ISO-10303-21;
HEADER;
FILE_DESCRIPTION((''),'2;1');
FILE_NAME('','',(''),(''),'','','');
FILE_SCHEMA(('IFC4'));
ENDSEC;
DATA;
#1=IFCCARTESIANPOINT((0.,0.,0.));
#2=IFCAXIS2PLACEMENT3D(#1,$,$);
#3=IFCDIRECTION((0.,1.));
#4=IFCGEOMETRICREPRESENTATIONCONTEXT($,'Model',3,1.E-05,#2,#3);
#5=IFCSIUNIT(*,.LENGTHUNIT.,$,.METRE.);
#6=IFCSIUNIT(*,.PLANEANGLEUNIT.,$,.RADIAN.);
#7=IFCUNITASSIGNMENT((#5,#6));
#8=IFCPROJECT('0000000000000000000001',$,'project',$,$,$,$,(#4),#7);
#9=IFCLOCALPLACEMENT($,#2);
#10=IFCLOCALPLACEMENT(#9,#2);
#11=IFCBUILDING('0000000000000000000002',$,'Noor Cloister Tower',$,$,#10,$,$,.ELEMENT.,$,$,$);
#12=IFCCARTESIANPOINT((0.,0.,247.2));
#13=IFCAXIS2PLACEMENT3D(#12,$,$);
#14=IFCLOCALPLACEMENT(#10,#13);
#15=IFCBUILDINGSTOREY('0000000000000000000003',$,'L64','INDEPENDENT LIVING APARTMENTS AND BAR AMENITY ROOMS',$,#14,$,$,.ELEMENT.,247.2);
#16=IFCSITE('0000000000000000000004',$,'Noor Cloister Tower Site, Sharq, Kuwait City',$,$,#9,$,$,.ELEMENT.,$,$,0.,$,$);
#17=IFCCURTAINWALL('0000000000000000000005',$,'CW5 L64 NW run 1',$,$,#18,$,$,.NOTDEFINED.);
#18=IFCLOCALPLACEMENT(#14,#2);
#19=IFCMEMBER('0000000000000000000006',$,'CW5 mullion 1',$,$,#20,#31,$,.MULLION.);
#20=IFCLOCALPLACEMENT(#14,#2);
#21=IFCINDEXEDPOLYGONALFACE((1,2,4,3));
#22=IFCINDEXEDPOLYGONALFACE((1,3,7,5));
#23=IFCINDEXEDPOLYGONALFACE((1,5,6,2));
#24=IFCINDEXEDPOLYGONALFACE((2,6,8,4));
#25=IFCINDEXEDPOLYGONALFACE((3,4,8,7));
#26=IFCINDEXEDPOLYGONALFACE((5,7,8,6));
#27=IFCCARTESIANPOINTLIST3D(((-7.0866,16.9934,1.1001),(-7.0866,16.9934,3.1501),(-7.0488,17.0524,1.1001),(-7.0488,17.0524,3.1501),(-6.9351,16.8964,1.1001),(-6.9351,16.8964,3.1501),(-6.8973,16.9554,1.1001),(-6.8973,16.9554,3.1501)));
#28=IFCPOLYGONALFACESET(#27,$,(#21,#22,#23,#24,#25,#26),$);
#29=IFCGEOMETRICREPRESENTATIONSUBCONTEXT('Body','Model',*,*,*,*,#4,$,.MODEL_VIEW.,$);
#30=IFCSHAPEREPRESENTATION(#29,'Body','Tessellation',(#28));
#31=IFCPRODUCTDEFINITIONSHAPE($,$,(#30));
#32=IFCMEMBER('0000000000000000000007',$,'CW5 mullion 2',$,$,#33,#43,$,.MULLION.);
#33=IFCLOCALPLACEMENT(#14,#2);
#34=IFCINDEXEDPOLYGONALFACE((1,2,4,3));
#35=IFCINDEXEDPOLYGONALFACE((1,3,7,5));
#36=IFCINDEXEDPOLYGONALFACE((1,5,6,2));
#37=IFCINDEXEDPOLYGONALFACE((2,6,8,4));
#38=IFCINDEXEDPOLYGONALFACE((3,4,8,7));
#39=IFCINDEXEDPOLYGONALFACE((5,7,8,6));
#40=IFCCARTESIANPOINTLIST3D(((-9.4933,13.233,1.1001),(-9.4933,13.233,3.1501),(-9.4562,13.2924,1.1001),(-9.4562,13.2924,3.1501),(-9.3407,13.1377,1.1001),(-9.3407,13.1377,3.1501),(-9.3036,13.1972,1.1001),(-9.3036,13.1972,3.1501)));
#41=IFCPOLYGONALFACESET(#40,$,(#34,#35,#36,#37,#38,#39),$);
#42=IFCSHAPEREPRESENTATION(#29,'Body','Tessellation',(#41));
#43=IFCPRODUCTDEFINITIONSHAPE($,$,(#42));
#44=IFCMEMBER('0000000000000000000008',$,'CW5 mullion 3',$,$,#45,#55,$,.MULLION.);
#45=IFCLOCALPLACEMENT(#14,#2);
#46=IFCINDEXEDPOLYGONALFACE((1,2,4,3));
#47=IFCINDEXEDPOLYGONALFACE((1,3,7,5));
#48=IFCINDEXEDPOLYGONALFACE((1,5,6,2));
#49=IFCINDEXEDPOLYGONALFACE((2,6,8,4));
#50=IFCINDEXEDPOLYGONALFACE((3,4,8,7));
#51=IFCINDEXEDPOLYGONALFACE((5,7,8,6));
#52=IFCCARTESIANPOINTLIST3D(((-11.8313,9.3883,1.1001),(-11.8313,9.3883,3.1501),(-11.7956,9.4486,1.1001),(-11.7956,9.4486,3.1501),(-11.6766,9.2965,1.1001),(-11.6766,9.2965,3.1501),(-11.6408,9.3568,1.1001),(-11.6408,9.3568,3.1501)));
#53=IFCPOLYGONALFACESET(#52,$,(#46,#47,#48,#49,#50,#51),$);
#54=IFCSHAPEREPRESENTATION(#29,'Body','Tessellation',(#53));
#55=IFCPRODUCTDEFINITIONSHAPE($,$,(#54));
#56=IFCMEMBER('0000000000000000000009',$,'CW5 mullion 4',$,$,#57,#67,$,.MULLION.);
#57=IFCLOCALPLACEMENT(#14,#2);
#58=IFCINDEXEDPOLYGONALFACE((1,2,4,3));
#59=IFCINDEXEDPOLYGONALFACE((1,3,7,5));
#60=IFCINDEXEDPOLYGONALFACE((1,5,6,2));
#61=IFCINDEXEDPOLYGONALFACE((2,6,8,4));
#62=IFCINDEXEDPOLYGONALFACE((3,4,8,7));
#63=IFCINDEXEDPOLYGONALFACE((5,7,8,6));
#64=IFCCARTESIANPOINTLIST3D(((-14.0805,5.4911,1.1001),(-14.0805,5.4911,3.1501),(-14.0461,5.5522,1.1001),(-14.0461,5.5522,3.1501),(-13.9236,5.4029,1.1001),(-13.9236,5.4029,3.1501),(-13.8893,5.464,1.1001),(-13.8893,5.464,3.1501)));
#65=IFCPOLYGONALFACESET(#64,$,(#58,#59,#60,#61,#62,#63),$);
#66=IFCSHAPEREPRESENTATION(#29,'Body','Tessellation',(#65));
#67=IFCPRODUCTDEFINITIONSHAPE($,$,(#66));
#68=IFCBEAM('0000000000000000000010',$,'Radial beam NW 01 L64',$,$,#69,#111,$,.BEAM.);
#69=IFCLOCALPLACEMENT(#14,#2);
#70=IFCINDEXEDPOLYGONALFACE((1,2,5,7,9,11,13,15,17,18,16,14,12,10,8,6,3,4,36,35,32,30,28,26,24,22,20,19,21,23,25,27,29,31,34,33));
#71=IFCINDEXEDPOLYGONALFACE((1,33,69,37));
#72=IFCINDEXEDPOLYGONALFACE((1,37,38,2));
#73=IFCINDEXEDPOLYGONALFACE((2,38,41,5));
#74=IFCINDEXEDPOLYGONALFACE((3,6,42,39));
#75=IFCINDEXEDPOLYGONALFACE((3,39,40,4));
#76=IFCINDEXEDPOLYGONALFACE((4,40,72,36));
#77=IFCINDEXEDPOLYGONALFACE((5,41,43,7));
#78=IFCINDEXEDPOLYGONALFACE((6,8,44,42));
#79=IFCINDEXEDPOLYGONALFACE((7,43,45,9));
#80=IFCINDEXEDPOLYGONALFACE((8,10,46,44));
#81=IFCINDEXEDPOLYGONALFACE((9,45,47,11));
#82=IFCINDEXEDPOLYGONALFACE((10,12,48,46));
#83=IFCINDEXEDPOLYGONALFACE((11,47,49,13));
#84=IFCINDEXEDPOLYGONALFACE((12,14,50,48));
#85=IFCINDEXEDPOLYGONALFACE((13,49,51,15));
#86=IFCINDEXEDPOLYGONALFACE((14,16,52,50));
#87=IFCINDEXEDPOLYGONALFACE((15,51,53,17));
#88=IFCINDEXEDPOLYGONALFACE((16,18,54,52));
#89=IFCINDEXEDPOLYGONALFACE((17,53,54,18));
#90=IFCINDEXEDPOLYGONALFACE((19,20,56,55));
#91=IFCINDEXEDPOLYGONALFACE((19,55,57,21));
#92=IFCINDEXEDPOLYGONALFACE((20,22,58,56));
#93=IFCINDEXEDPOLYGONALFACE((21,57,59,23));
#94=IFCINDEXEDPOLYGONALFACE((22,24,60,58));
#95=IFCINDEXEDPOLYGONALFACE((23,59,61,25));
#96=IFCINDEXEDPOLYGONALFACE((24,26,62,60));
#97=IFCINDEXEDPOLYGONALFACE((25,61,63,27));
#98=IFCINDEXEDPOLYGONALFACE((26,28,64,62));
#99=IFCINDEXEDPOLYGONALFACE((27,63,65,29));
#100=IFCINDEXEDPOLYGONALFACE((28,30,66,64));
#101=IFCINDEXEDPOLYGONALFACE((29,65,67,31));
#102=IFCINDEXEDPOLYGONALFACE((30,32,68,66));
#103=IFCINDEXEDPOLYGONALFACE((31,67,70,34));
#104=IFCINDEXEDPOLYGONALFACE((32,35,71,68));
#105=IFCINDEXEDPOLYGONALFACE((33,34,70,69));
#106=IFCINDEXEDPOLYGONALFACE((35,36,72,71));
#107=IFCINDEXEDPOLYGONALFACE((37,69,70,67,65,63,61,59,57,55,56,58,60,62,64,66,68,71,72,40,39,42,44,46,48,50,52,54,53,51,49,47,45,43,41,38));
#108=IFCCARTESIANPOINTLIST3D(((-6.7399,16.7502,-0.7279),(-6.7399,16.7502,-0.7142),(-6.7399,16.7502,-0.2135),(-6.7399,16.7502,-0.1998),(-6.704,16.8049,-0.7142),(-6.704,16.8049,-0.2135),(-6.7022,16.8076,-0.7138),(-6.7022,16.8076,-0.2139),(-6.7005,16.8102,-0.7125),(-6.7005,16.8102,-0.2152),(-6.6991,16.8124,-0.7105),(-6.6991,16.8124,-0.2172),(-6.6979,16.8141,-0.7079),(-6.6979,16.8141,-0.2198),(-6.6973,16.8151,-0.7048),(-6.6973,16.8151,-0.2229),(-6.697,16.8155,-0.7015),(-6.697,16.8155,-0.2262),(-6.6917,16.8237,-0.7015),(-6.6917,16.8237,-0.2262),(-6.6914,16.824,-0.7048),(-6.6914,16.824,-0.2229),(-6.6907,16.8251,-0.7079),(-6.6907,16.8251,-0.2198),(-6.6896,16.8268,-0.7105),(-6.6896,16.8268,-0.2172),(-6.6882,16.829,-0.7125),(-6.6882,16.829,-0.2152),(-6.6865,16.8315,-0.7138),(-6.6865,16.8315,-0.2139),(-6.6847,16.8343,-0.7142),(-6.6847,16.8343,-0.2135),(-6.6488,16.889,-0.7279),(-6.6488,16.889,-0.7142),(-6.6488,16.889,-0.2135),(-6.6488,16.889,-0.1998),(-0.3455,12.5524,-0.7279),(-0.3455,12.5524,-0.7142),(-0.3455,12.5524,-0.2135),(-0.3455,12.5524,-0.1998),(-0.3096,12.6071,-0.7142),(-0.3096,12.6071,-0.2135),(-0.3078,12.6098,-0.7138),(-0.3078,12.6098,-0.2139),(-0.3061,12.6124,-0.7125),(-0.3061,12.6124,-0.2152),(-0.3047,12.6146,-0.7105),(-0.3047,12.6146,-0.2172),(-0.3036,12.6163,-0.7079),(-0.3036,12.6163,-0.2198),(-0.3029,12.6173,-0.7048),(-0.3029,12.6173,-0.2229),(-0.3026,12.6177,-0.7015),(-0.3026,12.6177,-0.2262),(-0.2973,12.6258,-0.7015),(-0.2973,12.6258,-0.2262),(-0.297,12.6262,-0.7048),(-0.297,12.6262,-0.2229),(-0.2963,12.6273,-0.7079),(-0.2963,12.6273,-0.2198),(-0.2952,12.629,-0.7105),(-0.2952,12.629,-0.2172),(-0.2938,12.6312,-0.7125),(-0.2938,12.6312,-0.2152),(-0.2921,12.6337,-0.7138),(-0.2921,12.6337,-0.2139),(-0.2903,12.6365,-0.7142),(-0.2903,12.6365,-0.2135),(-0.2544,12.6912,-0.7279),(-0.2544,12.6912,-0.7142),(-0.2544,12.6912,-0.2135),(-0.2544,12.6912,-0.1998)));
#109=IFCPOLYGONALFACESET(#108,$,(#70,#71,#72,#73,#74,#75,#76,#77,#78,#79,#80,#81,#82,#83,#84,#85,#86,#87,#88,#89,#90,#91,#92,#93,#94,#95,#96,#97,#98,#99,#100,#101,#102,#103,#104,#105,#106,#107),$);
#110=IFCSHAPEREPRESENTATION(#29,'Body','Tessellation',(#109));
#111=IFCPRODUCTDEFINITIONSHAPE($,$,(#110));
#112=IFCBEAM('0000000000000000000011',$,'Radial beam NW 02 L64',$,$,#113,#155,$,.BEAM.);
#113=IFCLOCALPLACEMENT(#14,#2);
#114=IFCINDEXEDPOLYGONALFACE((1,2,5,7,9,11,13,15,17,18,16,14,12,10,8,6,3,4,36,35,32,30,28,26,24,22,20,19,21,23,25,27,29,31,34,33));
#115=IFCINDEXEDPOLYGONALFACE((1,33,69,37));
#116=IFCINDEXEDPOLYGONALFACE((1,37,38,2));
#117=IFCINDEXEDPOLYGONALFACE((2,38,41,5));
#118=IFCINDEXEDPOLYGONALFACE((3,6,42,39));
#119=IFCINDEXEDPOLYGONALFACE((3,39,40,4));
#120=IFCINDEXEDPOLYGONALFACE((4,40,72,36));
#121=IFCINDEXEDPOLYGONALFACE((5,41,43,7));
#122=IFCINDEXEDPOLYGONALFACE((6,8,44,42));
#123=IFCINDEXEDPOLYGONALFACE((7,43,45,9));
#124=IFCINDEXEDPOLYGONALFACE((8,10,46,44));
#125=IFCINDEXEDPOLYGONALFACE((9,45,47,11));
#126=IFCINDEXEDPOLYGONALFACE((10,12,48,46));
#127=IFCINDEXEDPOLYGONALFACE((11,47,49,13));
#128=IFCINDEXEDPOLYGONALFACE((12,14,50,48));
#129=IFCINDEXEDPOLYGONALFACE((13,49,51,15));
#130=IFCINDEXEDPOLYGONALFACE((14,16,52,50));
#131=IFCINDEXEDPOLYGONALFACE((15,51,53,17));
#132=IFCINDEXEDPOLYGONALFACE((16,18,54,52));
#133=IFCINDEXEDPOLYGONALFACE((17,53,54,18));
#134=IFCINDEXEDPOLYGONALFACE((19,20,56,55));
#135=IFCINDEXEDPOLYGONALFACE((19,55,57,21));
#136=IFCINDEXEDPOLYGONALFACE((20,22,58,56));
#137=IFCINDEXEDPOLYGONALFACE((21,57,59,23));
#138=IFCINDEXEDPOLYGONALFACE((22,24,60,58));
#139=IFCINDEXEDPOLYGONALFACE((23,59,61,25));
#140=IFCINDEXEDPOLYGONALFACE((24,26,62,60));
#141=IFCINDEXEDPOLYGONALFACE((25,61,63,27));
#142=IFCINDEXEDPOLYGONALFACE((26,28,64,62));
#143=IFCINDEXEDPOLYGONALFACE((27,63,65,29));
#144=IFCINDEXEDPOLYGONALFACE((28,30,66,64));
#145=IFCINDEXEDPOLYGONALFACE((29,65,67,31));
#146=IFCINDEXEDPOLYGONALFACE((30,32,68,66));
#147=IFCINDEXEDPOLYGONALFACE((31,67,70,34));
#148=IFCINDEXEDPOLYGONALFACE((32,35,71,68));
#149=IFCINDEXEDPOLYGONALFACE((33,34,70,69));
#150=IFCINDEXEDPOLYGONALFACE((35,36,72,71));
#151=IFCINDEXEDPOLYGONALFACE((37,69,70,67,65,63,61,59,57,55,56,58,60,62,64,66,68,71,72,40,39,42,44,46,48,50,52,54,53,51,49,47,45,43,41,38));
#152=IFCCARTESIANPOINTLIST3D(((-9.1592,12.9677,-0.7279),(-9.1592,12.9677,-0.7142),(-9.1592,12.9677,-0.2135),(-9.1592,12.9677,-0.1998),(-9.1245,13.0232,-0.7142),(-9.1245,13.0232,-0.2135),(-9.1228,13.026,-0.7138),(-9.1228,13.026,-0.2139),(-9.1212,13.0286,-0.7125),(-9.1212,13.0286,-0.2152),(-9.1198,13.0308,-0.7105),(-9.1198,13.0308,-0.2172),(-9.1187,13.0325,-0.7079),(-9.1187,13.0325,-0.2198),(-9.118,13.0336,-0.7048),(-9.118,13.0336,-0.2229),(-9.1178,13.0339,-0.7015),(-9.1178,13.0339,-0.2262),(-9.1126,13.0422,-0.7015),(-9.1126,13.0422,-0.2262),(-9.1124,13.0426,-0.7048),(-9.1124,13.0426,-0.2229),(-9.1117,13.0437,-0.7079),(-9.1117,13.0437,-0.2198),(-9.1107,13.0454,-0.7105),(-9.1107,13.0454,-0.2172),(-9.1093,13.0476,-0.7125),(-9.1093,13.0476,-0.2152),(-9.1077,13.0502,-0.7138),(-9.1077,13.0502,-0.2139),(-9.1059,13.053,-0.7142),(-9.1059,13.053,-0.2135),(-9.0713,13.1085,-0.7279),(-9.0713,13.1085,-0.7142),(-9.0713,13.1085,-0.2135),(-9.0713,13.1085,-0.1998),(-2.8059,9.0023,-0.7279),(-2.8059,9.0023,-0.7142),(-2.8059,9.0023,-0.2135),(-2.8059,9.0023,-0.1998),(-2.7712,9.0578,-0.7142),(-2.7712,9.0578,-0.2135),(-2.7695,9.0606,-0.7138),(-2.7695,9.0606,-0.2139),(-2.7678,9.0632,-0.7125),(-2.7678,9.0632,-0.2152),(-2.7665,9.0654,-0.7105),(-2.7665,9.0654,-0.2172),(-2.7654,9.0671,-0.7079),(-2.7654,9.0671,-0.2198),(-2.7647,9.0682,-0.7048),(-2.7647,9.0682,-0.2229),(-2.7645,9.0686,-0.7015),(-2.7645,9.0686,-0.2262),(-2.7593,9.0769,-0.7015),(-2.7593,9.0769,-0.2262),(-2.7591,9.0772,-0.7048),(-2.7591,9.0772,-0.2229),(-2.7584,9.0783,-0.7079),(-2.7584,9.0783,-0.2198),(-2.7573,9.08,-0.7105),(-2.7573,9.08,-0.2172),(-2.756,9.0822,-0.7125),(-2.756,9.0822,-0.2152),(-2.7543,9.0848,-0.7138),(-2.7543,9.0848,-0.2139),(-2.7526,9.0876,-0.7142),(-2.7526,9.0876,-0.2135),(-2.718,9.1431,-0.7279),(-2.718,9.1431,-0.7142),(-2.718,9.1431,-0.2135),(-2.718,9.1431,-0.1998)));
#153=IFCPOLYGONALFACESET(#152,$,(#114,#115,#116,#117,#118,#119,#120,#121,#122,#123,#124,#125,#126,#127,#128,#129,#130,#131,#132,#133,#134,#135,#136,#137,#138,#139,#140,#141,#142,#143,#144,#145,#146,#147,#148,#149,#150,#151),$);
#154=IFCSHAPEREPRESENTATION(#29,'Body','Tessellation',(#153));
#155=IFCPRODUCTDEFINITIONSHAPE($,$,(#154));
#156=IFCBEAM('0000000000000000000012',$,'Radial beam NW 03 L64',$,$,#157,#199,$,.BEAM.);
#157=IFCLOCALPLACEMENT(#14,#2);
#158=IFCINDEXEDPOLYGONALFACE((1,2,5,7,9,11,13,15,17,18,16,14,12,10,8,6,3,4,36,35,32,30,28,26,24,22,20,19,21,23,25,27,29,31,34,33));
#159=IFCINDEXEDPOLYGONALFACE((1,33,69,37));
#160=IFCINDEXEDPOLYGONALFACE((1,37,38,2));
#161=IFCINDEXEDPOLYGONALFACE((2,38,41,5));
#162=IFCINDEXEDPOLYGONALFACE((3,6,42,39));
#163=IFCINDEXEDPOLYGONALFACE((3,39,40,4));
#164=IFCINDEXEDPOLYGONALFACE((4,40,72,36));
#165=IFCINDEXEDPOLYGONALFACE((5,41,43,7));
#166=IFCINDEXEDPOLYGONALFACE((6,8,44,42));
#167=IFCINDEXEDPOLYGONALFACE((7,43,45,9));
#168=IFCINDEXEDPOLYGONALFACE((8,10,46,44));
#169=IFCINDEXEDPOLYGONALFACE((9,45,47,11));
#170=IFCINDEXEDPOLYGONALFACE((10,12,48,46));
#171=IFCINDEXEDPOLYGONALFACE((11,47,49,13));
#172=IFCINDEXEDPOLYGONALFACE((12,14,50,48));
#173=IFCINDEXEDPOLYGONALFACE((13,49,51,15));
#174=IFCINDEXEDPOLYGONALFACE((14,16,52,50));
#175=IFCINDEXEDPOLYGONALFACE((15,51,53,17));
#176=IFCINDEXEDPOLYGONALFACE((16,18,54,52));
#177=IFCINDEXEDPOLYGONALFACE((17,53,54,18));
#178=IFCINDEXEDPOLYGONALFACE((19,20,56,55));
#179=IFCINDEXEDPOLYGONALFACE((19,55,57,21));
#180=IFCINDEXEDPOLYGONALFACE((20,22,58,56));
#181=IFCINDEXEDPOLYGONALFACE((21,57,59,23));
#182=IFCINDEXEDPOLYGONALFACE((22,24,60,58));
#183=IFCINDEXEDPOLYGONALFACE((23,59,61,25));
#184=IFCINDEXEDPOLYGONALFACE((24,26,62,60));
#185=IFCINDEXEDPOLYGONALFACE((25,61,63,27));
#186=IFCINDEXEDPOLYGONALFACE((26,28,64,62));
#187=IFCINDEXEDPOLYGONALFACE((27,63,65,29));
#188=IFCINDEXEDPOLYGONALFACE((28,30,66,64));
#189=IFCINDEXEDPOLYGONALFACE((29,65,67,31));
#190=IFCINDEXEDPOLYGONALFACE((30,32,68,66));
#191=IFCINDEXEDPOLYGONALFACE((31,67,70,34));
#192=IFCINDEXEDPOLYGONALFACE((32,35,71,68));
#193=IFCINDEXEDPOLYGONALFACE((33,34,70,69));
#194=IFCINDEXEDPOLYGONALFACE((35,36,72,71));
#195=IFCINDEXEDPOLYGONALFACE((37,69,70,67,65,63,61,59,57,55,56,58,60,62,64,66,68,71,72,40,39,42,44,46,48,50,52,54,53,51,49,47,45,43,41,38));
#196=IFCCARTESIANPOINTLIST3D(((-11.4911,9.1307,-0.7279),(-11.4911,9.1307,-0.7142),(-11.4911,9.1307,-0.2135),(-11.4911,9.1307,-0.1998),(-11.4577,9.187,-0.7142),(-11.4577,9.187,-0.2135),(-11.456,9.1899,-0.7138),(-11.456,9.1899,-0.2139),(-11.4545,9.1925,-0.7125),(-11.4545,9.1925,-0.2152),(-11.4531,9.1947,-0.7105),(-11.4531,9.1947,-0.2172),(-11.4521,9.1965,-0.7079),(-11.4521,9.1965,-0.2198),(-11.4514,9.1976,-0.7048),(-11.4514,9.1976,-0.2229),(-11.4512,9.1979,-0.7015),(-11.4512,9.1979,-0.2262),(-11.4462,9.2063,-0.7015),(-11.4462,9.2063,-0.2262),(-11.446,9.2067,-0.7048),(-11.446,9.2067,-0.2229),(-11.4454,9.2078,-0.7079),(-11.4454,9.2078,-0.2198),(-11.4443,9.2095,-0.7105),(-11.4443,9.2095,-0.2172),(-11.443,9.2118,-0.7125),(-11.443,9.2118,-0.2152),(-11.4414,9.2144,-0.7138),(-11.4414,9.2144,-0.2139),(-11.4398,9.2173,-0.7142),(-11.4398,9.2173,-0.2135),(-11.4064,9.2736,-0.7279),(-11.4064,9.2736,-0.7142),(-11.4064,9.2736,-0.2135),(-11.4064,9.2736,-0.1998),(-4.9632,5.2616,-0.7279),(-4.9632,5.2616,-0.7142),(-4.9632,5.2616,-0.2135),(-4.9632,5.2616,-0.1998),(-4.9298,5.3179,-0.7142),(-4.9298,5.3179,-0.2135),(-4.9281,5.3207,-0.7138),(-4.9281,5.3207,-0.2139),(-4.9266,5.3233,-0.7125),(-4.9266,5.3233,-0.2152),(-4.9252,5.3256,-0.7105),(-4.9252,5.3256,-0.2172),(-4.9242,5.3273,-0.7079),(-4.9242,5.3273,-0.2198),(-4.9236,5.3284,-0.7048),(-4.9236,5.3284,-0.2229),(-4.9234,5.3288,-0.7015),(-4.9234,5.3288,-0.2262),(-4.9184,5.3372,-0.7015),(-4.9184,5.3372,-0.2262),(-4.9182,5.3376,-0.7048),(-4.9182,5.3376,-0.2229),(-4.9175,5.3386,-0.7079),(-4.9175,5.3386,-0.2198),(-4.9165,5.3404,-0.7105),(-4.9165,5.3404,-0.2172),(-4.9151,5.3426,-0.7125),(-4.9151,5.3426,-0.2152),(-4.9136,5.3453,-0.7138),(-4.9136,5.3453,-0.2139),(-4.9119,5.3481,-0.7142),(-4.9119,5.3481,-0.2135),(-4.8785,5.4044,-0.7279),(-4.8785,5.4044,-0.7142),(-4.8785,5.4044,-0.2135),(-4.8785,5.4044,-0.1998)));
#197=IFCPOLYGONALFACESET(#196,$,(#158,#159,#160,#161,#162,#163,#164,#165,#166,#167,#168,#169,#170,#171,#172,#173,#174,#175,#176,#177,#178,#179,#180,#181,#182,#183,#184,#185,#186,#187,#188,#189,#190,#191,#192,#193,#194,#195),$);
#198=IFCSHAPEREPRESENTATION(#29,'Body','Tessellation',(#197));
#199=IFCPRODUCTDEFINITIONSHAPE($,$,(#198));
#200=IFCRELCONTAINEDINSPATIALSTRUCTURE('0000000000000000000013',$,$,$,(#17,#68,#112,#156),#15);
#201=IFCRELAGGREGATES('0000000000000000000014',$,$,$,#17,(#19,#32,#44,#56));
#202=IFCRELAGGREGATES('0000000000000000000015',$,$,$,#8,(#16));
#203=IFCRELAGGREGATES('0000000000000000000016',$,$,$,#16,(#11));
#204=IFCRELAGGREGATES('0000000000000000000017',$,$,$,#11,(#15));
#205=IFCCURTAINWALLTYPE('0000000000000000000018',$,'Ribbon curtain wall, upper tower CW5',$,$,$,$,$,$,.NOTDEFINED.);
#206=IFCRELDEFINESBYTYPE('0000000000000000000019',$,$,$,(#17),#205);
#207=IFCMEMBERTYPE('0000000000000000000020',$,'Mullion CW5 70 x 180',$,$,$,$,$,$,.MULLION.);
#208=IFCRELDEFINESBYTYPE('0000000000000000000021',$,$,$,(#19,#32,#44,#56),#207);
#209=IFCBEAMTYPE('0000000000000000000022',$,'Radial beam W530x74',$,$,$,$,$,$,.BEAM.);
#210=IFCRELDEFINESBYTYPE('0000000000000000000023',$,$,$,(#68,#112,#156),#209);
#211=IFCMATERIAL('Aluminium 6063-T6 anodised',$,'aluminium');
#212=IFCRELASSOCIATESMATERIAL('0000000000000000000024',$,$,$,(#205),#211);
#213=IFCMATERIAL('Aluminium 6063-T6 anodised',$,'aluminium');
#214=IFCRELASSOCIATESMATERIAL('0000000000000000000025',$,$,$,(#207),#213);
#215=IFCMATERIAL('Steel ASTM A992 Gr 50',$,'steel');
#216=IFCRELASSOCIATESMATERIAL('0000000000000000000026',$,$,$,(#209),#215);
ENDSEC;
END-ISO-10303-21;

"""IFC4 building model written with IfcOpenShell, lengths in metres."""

from ifc_helpers import new_model, si_unit, direction, frame, origin, origin_2d, place, context, subcontext, project, spatial, rectangle, i_section, extrude, material, material_profile, profile_set, type_object, element, aggregate, save


model = new_model("IFC4")

# Units and contexts
model_context = context("Model", 3, precision=1e-05, world=origin(), true_north=direction((0.0, 1.0)))
body_context = subcontext(model_context, "Body", "Model", "MODEL_VIEW")
ifc_project = project(units=[si_unit("LENGTHUNIT", "METRE"), si_unit("PLANEANGLEUNIT", "RADIAN")], contexts=[model_context])

# Site, building, storey
site_placement = place(None, origin())
site = spatial("IfcSite", under=ifc_project, at=site_placement, Name="Noor Cloister Tower Site, Sharq, Kuwait City", CompositionType="ELEMENT", RefElevation=0.0)
building_placement = place(site_placement, origin())
building = spatial("IfcBuilding", under=site, at=building_placement, Name="Noor Cloister Tower", CompositionType="ELEMENT")
storey_placement = place(building_placement, frame((0.0, 0.0, 247.2)))
storey = spatial("IfcBuildingStorey", under=building, at=storey_placement, Name="L64", Description="INDEPENDENT LIVING APARTMENTS AND BAR AMENITY ROOMS", CompositionType="ELEMENT", Elevation=247.2)

# Curtain wall, members
ifc_material_1 = material(Name="Aluminium 6063-T6 anodised", Category="aluminium")
curtain_wall_type = type_object("IfcCurtainWallType", Name="Ribbon curtain wall, upper tower CW5", PredefinedType="NOTDEFINED", material=ifc_material_1)
curtain_wall_placement = place(storey_placement, origin())
curtain_wall = element("IfcCurtainWall", 1, at=curtain_wall_placement, inside=storey, type_object=curtain_wall_type, Name="CW5 L64 NW run 1", PredefinedType="NOTDEFINED")
ifc_material_2 = material(Name="Aluminium 6063-T6 anodised", Category="aluminium")
ifc_material_profile_1 = material_profile(ifc_material_2, rectangle(XDim=0.1799, YDim=0.0701, at=origin_2d()), Name="180 x 70 mullion")
ifc_profile_set_1 = profile_set([ifc_material_profile_1], Name="Aluminium 6063-T6 anodised")
member_type = type_object("IfcMemberType", Name="Mullion CW5 70 x 180", PredefinedType="MULLION", material=ifc_profile_set_1)
member_1_placement = place(storey_placement, frame((-6.9919, 16.9744, 1.1001), z_axis=(0.0, 0.0, 1.0), x_axis=(0.842196, -0.539171, 0.0)))
member_1 = element("IfcMember", 2, at=member_1_placement, type_object=member_type, Name="CW5 mullion 1", PredefinedType="MULLION", context=body_context, shape_type="SweptSolid", body=[
    extrude(rectangle(XDim=0.1799, YDim=0.0701, at=origin_2d()), origin(), (0.0, 0.0, 1.0), 2.05),
])
member_2_placement = place(storey_placement, frame((-9.3984, 13.2151, 1.1001), z_axis=(0.0, 0.0, 1.0), x_axis=(0.848322, -0.529481, 0.0)))
member_2 = element("IfcMember", 3, at=member_2_placement, type_object=member_type, Name="CW5 mullion 2", PredefinedType="MULLION", context=body_context, shape_type="SweptSolid", body=[
    extrude(rectangle(XDim=0.1799, YDim=0.0701, at=origin_2d()), origin(), (0.0, 0.0, 1.0), 2.05),
])
member_3_placement = place(storey_placement, frame((-11.7361, 9.3726, 1.1001), z_axis=(0.0, 0.0, 1.0), x_axis=(0.860237, -0.509895, 0.0)))
member_3 = element("IfcMember", 4, at=member_3_placement, type_object=member_type, Name="CW5 mullion 3", PredefinedType="MULLION", context=body_context, shape_type="SweptSolid", body=[
    extrude(rectangle(XDim=0.1799, YDim=0.0701, at=origin_2d()), origin(), (0.0, 0.0, 1.0), 2.05),
])
member_4_placement = place(storey_placement, frame((-13.9849, 5.4775, 1.1001), z_axis=(0.0, 0.0, 1.0), x_axis=(0.8717, -0.49004, 0.0)))
member_4 = element("IfcMember", 5, at=member_4_placement, type_object=member_type, Name="CW5 mullion 4", PredefinedType="MULLION", context=body_context, shape_type="SweptSolid", body=[
    extrude(rectangle(XDim=0.1799, YDim=0.0701, at=origin_2d()), origin(), (0.0, 0.0, 1.0), 2.05),
])

# Beams
ifc_material_3 = material(Name="Steel ASTM A992 Gr 50", Category="steel")
ifc_material_profile_2 = material_profile(ifc_material_3, i_section(OverallWidth=0.166, OverallDepth=0.5281, WebThickness=0.0098, FlangeThickness=0.0137, FilletRadius=0.0127, at=origin_2d()), Name="W530x74")
ifc_profile_set_2 = profile_set([ifc_material_profile_2], Name="Steel ASTM A992 Gr 50")
beam_type_1 = type_object("IfcBeamType", Name="Radial beam W530x74", PredefinedType="BEAM", material=ifc_profile_set_2)
beam_1_placement = place(storey_placement, frame((-6.6943, 16.8196, -0.4639), z_axis=(0.835958, -0.548794, 0.0), x_axis=(0.548794, 0.835958, 0.0)))
element("IfcBeam", 6, at=beam_1_placement, inside=storey, type_object=beam_type_1, Name="Radial beam NW 01 L64", PredefinedType="BEAM", context=body_context, shape_type="SweptSolid", body=[
    extrude(i_section(OverallWidth=0.166, OverallDepth=0.5281, WebThickness=0.0098, FlangeThickness=0.0137, FilletRadius=0.0127, at=origin_2d()), origin(), (0.0, 0.0, 1.0), 7.6492),
])
beam_2_placement = place(storey_placement, frame((-9.1152, 13.0381, -0.4639), z_axis=(0.848326, -0.529474, 0.0), x_axis=(0.529474, 0.848326, 0.0)))
element("IfcBeam", 7, at=beam_2_placement, inside=storey, type_object=beam_type_1, Name="Radial beam NW 02 L64", PredefinedType="BEAM", context=body_context, shape_type="SweptSolid", body=[
    extrude(i_section(OverallWidth=0.166, OverallDepth=0.5281, WebThickness=0.0098, FlangeThickness=0.0137, FilletRadius=0.0127, at=origin_2d()), origin(), (0.0, 0.0, 1.0), 7.4893),
])
beam_3_placement = place(storey_placement, frame((-11.4487, 9.2021, -0.4639), z_axis=(0.860246, -0.50988, 0.0), x_axis=(0.50988, 0.860246, 0.0)))
element("IfcBeam", 8, at=beam_3_placement, inside=storey, type_object=beam_type_1, Name="Radial beam NW 03 L64", PredefinedType="BEAM", context=body_context, shape_type="SweptSolid", body=[
    extrude(i_section(OverallWidth=0.166, OverallDepth=0.5281, WebThickness=0.0098, FlangeThickness=0.0137, FilletRadius=0.0127, at=origin_2d()), origin(), (0.0, 0.0, 1.0), 7.5884),
])

aggregate(curtain_wall, [member_1, member_2, member_3, member_4])

save(model, "model.ifc")
